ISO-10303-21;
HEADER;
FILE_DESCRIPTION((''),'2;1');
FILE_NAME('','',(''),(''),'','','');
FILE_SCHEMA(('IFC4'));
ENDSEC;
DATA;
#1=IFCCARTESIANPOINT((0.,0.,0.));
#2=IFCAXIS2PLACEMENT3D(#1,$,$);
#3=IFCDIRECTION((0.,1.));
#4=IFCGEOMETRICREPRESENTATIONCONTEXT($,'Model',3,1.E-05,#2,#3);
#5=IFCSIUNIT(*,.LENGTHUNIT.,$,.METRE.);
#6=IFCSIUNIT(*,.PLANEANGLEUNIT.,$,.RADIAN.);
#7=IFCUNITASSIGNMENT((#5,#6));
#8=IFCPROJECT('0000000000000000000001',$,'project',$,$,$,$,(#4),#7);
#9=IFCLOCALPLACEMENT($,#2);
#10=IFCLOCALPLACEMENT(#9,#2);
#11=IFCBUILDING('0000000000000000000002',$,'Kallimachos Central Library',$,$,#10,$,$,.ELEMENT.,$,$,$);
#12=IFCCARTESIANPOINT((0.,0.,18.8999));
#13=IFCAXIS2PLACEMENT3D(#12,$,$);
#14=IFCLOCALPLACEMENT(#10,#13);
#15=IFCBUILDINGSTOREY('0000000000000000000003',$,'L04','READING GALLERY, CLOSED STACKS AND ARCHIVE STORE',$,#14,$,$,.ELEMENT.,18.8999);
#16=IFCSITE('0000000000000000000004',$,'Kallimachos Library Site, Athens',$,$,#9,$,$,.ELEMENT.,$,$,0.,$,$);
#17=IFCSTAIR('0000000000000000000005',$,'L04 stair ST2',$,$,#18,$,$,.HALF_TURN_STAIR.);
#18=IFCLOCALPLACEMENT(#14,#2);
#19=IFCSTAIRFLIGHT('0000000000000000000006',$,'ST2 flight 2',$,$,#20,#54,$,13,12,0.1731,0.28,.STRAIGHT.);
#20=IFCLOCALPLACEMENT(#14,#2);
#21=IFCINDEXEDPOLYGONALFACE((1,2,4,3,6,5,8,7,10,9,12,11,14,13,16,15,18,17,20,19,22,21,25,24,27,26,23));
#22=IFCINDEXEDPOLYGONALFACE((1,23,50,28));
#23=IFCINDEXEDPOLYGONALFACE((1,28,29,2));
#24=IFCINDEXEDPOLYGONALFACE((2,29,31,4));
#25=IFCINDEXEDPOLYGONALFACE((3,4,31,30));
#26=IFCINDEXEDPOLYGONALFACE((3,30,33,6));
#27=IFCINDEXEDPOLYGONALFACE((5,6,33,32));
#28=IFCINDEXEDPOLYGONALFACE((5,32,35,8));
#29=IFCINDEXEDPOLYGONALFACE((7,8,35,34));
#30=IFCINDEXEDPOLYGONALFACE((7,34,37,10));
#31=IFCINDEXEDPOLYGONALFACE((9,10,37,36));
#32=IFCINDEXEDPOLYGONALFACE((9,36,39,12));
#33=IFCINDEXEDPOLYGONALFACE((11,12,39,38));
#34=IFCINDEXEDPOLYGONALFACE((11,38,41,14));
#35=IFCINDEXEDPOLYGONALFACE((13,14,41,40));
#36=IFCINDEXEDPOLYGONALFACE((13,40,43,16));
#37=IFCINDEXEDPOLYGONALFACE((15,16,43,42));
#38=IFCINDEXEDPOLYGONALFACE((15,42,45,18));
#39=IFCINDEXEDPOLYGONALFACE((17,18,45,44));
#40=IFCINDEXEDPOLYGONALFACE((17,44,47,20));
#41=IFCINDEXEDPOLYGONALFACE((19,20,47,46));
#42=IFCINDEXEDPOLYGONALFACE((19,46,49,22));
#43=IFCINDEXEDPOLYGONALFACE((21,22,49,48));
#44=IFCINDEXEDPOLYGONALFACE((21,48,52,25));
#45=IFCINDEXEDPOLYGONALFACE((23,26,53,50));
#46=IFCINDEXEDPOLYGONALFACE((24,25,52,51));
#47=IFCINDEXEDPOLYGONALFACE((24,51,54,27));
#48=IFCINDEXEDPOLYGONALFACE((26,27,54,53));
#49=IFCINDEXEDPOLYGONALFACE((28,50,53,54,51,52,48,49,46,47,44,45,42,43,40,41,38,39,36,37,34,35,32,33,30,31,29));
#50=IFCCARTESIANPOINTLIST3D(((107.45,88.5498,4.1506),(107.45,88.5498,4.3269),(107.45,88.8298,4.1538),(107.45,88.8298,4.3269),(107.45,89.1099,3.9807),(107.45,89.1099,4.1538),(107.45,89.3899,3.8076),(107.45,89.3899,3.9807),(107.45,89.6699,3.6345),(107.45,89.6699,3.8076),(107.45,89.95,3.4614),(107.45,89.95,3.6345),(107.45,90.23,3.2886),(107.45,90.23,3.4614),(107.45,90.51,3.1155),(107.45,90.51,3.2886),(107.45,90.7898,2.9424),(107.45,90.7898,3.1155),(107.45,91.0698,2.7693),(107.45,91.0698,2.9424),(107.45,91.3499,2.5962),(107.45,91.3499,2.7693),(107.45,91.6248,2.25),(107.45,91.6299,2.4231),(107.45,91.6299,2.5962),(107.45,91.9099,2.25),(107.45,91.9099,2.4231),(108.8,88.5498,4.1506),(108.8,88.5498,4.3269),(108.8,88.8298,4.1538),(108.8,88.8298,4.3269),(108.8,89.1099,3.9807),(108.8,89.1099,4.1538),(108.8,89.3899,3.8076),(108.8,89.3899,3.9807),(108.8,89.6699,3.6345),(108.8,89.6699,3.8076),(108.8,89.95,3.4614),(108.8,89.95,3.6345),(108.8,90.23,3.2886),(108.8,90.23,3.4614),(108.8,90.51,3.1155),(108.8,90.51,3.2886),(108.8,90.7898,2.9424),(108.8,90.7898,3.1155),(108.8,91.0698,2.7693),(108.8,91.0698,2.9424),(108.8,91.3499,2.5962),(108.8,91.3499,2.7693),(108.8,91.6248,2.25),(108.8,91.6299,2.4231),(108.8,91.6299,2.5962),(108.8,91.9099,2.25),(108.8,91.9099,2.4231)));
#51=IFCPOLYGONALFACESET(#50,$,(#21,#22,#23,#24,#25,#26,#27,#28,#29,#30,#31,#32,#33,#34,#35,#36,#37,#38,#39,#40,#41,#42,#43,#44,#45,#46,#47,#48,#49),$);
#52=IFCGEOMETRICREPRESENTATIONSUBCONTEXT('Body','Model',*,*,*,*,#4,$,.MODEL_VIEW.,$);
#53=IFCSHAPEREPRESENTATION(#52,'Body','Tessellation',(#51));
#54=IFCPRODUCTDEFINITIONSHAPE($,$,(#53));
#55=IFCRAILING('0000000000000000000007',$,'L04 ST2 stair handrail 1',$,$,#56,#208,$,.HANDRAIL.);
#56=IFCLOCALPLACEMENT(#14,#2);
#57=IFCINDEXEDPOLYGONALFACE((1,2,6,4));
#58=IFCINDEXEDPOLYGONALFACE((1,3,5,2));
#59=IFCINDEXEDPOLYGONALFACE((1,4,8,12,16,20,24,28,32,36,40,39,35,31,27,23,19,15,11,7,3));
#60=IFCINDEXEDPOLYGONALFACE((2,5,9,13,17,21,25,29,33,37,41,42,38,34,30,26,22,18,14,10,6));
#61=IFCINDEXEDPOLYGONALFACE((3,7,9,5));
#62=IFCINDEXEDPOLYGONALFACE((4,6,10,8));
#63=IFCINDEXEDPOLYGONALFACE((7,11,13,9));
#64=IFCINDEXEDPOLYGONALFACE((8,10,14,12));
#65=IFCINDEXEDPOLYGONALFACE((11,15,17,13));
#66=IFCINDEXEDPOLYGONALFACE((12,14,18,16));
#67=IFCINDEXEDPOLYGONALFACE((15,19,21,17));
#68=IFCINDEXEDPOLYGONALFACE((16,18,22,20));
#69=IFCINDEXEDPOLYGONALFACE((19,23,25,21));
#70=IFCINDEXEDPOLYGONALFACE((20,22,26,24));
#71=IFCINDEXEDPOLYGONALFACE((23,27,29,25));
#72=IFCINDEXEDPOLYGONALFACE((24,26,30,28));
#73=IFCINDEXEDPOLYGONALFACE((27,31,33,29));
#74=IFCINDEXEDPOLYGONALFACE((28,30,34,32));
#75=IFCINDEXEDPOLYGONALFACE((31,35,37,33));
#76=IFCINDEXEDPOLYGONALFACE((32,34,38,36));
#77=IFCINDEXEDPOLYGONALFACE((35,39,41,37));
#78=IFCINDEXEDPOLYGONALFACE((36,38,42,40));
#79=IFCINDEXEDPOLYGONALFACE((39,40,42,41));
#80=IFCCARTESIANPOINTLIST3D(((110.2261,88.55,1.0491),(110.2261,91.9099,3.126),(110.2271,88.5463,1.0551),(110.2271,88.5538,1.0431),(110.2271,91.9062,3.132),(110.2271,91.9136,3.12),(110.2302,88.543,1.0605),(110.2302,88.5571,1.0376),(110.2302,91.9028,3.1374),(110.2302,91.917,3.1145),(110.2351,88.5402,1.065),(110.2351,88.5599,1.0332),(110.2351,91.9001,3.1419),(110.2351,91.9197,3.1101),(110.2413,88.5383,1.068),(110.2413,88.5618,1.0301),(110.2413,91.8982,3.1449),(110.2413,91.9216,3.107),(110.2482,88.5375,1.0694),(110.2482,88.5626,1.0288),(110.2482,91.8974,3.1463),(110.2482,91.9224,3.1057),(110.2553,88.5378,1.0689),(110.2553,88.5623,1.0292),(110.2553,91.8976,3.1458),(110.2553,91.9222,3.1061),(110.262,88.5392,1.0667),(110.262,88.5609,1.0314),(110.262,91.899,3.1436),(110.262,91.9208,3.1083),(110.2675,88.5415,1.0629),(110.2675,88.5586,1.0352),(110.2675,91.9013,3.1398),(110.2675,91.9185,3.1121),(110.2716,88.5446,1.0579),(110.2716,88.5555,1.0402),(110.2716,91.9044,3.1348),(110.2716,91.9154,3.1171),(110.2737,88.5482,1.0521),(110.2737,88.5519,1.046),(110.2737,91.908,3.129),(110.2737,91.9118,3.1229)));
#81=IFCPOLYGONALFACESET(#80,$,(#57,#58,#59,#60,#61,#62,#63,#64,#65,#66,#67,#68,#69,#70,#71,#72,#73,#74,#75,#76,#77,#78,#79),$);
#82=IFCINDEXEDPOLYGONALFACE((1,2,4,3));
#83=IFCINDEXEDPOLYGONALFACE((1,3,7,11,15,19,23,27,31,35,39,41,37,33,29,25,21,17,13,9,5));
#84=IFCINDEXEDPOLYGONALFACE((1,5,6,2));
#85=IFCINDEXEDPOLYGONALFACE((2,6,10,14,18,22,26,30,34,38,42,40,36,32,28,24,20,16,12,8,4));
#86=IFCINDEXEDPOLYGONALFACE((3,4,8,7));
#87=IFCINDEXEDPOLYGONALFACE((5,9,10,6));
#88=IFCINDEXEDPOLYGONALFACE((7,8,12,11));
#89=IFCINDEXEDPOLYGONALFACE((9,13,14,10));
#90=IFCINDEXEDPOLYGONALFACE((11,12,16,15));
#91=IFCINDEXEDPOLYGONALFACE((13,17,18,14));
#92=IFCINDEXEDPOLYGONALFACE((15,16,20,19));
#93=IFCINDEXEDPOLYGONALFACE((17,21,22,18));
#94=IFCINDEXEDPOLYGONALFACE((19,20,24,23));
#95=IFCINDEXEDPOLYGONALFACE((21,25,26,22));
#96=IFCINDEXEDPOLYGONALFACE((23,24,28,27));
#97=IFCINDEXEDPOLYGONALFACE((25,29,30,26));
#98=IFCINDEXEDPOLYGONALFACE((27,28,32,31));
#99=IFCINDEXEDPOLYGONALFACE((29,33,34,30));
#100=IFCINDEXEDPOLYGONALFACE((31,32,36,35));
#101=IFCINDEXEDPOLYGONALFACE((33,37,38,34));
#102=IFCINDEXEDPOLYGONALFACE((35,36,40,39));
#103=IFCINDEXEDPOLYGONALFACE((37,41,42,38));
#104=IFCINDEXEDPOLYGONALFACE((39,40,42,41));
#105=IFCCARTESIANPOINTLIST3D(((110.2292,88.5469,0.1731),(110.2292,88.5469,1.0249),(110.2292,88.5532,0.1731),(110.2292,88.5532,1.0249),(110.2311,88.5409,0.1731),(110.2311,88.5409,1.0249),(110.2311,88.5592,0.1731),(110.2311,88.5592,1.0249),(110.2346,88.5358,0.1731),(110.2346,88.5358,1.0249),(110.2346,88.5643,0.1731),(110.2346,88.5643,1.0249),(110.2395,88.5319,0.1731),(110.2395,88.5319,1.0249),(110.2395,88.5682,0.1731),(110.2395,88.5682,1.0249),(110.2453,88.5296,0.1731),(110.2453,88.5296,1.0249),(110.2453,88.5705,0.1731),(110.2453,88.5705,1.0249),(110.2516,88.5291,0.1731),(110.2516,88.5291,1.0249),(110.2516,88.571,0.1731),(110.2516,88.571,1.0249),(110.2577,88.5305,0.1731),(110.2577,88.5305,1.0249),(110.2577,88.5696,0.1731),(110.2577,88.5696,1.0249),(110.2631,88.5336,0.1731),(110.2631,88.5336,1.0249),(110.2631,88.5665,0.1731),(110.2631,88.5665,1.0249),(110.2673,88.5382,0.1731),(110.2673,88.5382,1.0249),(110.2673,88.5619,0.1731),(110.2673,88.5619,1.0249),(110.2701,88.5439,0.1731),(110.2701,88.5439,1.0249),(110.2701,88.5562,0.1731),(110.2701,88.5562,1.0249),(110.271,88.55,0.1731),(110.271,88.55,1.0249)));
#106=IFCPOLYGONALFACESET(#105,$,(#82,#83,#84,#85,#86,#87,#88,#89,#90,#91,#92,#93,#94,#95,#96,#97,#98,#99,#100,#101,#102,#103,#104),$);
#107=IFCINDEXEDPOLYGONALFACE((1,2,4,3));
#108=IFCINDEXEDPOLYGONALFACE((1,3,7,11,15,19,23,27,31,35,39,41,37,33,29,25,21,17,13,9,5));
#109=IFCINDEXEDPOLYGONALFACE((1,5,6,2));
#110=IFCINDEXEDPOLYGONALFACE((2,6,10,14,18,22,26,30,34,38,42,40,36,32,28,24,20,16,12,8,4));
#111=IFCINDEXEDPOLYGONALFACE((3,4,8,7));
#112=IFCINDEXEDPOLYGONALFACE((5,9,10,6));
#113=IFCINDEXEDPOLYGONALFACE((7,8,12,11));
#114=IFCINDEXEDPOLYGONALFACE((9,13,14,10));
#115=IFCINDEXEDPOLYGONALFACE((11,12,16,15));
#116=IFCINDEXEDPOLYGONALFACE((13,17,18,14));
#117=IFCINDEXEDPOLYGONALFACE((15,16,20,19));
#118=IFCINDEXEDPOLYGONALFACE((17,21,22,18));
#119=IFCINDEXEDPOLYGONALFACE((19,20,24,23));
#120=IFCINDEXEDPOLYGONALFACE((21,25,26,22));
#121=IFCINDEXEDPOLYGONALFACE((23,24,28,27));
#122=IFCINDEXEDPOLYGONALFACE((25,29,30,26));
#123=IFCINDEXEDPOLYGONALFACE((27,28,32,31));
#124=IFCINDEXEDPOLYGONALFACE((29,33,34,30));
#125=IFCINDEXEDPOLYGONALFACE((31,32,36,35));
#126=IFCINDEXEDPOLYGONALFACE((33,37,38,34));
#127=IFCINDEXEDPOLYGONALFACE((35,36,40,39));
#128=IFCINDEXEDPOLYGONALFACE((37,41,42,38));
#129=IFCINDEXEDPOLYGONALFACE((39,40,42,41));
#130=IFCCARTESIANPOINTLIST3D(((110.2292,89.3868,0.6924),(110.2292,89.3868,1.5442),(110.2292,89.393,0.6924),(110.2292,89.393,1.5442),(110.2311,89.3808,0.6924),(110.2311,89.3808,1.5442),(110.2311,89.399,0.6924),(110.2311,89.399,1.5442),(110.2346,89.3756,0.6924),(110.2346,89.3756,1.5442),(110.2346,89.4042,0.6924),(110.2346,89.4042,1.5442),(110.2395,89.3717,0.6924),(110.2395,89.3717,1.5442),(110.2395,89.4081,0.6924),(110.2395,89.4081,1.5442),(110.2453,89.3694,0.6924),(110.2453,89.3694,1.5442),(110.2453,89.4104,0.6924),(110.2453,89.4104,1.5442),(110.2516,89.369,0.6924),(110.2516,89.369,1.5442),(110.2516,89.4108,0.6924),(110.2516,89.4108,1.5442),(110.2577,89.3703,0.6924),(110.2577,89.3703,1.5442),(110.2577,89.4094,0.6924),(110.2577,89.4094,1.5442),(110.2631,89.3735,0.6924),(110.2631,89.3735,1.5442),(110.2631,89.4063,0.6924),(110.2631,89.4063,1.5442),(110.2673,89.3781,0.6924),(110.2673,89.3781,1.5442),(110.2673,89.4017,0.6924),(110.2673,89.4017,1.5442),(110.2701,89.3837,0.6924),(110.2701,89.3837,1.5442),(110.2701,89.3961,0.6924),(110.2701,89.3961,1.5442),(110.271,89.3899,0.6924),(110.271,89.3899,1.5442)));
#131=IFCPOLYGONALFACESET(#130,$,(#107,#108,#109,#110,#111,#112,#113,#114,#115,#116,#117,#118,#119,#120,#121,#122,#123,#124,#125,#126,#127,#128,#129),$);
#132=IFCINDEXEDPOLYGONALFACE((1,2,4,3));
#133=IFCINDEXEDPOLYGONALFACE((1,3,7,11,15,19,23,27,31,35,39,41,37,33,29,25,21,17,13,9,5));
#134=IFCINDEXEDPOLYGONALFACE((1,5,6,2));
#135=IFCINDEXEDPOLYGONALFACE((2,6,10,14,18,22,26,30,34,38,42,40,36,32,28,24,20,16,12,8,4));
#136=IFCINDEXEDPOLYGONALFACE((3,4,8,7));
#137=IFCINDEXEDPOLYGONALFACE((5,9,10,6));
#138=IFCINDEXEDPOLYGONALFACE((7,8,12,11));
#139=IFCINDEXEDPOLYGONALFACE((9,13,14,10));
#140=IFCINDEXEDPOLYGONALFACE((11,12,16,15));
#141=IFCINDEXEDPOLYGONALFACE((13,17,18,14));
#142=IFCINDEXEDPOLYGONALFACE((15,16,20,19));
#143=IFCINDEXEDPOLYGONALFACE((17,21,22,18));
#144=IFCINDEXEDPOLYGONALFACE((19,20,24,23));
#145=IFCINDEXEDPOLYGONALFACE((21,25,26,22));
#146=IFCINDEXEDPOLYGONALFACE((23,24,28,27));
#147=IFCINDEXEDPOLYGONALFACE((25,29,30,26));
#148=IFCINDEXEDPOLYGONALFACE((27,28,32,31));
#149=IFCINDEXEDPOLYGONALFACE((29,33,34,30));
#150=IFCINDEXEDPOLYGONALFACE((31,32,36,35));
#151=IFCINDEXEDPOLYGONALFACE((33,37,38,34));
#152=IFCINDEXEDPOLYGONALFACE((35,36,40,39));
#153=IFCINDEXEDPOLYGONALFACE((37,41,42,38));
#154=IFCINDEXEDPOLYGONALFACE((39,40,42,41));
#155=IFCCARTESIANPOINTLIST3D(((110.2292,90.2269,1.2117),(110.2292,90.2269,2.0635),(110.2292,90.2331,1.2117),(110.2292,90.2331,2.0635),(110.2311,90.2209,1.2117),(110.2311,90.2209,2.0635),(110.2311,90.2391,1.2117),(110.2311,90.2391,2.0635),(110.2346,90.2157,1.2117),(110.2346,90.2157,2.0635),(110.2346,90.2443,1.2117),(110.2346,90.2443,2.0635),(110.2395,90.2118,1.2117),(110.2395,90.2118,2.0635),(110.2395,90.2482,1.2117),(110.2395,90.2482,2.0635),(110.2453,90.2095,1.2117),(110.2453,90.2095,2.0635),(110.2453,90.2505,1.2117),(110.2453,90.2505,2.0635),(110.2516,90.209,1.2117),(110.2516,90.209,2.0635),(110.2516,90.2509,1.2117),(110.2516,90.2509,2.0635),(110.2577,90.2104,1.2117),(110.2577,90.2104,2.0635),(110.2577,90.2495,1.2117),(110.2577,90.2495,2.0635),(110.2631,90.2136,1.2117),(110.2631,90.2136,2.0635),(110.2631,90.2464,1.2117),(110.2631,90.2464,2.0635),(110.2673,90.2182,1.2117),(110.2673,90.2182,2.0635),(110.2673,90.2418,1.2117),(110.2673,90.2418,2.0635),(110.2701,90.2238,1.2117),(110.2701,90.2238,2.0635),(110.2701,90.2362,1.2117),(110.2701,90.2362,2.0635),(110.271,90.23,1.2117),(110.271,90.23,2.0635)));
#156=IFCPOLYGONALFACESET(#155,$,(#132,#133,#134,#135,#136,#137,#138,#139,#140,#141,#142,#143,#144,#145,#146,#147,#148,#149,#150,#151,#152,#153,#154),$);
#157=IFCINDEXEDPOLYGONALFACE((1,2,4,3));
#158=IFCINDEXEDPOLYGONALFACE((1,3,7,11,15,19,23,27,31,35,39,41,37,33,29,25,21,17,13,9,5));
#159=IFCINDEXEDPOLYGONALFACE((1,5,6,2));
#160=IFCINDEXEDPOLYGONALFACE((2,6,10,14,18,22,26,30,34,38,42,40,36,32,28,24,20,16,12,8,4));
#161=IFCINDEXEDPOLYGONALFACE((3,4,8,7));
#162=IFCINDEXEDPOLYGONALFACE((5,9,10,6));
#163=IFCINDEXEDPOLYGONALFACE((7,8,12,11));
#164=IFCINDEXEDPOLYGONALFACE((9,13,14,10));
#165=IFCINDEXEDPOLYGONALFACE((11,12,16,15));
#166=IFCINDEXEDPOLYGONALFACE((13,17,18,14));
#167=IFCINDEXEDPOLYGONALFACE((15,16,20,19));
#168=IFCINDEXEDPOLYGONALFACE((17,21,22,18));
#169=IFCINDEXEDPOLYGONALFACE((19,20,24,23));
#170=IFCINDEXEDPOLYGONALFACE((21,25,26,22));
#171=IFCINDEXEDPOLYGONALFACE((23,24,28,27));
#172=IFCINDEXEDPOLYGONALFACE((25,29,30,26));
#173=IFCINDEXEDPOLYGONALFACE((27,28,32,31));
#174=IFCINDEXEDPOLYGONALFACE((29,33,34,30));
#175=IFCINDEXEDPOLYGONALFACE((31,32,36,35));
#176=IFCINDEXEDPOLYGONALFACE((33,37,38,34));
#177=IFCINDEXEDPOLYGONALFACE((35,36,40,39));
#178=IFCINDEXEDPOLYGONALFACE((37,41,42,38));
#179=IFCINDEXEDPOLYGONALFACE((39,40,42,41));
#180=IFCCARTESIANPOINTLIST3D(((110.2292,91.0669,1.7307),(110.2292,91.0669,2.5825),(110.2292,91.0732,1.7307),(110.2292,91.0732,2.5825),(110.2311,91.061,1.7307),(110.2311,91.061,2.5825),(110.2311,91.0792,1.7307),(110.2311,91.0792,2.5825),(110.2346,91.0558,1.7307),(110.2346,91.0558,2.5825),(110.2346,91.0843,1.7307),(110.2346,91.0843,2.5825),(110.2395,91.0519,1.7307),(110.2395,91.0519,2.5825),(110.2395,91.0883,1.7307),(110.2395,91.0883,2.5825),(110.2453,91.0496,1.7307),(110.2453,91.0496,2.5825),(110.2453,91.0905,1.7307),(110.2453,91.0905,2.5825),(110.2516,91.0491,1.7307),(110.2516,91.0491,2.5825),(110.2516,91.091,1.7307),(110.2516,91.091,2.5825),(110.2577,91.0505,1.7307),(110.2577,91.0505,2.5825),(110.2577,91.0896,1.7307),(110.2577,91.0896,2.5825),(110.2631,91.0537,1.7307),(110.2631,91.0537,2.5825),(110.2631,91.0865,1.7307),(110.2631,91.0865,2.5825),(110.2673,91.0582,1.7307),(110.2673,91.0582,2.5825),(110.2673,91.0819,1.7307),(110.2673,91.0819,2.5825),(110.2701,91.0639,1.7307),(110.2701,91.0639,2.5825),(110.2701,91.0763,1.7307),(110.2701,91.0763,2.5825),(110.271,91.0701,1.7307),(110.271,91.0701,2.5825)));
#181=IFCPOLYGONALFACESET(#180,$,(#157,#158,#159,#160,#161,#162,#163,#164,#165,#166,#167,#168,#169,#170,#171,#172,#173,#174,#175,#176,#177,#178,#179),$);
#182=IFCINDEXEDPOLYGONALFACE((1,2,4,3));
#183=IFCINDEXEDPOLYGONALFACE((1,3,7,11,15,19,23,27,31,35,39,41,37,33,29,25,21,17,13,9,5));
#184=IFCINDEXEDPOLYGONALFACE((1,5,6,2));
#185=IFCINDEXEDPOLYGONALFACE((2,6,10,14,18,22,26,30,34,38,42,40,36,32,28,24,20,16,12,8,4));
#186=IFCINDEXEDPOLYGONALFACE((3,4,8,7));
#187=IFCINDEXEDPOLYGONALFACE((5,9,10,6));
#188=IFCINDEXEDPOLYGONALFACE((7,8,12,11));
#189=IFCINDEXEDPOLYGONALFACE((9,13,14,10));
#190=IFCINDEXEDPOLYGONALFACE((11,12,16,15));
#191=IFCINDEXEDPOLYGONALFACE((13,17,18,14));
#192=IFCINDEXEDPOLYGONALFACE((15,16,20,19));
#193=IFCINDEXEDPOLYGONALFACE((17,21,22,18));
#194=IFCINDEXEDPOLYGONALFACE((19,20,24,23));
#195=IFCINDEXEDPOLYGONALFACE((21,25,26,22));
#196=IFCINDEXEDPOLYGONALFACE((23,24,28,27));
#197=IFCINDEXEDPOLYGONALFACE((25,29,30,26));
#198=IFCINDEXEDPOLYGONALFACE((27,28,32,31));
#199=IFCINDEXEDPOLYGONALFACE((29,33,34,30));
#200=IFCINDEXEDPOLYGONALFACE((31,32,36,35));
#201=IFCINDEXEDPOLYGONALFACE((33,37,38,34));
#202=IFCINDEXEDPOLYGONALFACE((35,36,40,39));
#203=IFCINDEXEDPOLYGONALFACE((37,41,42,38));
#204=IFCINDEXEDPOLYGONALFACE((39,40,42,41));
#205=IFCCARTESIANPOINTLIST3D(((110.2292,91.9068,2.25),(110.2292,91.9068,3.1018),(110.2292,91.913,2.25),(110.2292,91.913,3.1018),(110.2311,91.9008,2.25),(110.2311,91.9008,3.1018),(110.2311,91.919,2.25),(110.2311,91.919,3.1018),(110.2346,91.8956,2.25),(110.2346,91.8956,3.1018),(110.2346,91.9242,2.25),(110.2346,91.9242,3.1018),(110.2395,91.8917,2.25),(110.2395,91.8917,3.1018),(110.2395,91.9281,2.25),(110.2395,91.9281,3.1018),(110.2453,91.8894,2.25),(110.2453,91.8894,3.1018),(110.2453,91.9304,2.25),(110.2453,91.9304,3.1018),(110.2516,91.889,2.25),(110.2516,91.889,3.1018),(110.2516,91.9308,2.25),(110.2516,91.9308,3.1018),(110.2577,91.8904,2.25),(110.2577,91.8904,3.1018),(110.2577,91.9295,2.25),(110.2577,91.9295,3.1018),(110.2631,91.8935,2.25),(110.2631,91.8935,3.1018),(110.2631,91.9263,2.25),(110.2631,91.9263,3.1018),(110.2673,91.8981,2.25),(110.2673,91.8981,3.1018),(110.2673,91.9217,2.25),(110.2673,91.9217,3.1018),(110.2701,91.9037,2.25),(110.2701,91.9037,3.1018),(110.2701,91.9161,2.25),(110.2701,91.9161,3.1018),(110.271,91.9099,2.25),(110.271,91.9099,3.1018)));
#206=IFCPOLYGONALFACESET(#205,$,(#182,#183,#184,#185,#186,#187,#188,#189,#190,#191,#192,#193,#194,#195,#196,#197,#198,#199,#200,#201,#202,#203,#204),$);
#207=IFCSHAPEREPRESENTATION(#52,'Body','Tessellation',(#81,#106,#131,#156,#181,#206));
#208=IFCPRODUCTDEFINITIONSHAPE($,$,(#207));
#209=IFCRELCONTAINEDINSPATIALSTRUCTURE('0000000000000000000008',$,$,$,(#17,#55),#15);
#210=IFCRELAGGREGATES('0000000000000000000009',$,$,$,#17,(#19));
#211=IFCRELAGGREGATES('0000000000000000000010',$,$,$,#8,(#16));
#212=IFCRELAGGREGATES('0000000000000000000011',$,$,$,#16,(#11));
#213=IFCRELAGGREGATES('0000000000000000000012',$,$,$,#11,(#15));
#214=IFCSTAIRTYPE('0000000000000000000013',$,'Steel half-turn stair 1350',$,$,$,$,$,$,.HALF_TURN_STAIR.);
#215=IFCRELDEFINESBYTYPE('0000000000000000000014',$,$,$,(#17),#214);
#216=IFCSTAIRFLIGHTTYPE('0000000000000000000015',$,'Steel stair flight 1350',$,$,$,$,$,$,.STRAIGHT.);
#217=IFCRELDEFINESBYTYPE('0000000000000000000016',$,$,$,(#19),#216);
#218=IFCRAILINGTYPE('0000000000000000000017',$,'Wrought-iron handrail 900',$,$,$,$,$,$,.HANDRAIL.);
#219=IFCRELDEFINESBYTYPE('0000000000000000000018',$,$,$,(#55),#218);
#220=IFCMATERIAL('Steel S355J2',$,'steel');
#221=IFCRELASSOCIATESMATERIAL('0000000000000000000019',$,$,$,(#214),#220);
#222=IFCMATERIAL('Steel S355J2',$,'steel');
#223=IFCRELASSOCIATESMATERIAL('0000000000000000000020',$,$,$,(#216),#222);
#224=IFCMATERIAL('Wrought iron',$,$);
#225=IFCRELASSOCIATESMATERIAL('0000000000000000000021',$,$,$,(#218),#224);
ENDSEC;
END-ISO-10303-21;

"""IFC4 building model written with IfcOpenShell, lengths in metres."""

from ifc_helpers import new_model, si_unit, direction, frame, origin, origin_2d, place, context, subcontext, project, spatial, polyline, circle, outline, extrude, material, type_object, element, aggregate, save


model = new_model("IFC4")

# Units and contexts
model_context = context("Model", 3, precision=1e-05, world=origin(), true_north=direction((0.0, 1.0)))
body_context = subcontext(model_context, "Body", "Model", "MODEL_VIEW")
ifc_project = project(units=[si_unit("LENGTHUNIT", "METRE"), si_unit("PLANEANGLEUNIT", "RADIAN")], contexts=[model_context])

# Site, building, storey
site_placement = place(None, origin())
site = spatial("IfcSite", under=ifc_project, at=site_placement, Name="Kallimachos Library Site, Athens", CompositionType="ELEMENT", RefElevation=0.0)
building_placement = place(site_placement, origin())
building = spatial("IfcBuilding", under=site, at=building_placement, Name="Kallimachos Central Library", CompositionType="ELEMENT")
storey_placement = place(building_placement, frame((0.0, 0.0, 18.8999)))
storey = spatial("IfcBuildingStorey", under=building, at=storey_placement, Name="L04", Description="READING GALLERY, CLOSED STACKS AND ARCHIVE STORE", CompositionType="ELEMENT", Elevation=18.8999)

# Stair, stair flight
ifc_material_1 = material(Name="Steel S355J2", Category="steel")
stair_type = type_object("IfcStairType", Name="Steel half-turn stair 1350", PredefinedType="HALF_TURN_STAIR", material=ifc_material_1)
stair_placement = place(storey_placement, origin())
stair = element("IfcStair", 1, at=stair_placement, inside=storey, type_object=stair_type, Name="L04 stair ST2", PredefinedType="HALF_TURN_STAIR")
ifc_material_2 = material(Name="Steel S355J2", Category="steel")
stair_flight_type = type_object("IfcStairFlightType", Name="Steel stair flight 1350", PredefinedType="STRAIGHT", material=ifc_material_2)
stair_flight_1_placement = place(storey_placement, frame((108.125, 91.9099, 2.25), z_axis=(0.0, 0.0, 1.0), x_axis=(0.0, -1.0, 0.0)))
stair_flight_1 = element("IfcStairFlight", 2, at=stair_flight_1_placement, type_object=stair_flight_type, Name="ST2 flight 2", NumberOfRisers=13, NumberOfTreads=12, PredefinedType="STRAIGHT", RiserHeight=0.1731, TreadLength=0.28, context=body_context, shape_type="SweptSolid", body=[
    extrude(outline(polyline([(0.0, 0.0), (0.0, 0.1731), (0.28, 0.1731), (0.28, 0.3462), (0.5601, 0.3462), (0.5601, 0.5193), (0.8401, 0.5193), (0.8401, 0.6924), (1.1201, 0.6924), (1.1201, 0.8655), (1.3999, 0.8655), (1.3999, 1.0386), (1.6799, 1.0386), (1.6799, 1.2114), (1.96, 1.2114), (1.96, 1.3845), (2.24, 1.3845), (2.24, 1.5576), (2.52, 1.5576), (2.52, 1.7307), (2.8, 1.7307), (2.8, 1.9038), (3.0801, 1.9038), (3.0801, 2.0769), (3.3601, 2.0769), (3.3601, 2.25), (3.3601, 1.9006), (0.2852, 0.0), (0.0, 0.0)])), frame((0.0, 0.675, 0.0), z_axis=(0.0, -1.0, 0.0), x_axis=(1.0, 0.0, 0.0)), (0.0, 0.0, 1.0), 1.3501),
])
aggregate(stair, [stair_flight_1])

# Railing
ifc_material_3 = material(Name="Wrought iron")
railing_type_1 = type_object("IfcRailingType", Name="Wrought-iron handrail 900", PredefinedType="HANDRAIL", material=ifc_material_3)
railing_1_placement = place(storey_placement, frame((110.25, 88.55, 0.1731)))
element("IfcRailing", 3, at=railing_1_placement, inside=storey, type_object=railing_type_1, Name="L04 ST2 stair handrail 1", PredefinedType="HANDRAIL", context=body_context, shape_type="SweptSolid", body=[
    extrude(circle(Radius=0.0239, at=origin_2d()), frame((0.0, 0.0, 0.876), z_axis=(0.0, 0.850606, 0.525803), x_axis=(-1.0, 0.0, 0.0)), (0.0, 0.0, 1.0), 3.95),
    extrude(circle(Radius=0.021, at=origin_2d()), origin(), (0.0, 0.0, 1.0), 0.8518),
    extrude(circle(Radius=0.021, at=origin_2d()), frame((0.0, 0.8398, 0.5193)), (0.0, 0.0, 1.0), 0.8518),
    extrude(circle(Radius=0.021, at=origin_2d()), frame((0.0, 1.6799, 1.0386)), (0.0, 0.0, 1.0), 0.8518),
    extrude(circle(Radius=0.021, at=origin_2d()), frame((0.0, 2.52, 1.5576)), (0.0, 0.0, 1.0), 0.8518),
    extrude(circle(Radius=0.021, at=origin_2d()), frame((0.0, 3.3599, 2.0769)), (0.0, 0.0, 1.0), 0.8518),
])

save(model, "model.ifc")
